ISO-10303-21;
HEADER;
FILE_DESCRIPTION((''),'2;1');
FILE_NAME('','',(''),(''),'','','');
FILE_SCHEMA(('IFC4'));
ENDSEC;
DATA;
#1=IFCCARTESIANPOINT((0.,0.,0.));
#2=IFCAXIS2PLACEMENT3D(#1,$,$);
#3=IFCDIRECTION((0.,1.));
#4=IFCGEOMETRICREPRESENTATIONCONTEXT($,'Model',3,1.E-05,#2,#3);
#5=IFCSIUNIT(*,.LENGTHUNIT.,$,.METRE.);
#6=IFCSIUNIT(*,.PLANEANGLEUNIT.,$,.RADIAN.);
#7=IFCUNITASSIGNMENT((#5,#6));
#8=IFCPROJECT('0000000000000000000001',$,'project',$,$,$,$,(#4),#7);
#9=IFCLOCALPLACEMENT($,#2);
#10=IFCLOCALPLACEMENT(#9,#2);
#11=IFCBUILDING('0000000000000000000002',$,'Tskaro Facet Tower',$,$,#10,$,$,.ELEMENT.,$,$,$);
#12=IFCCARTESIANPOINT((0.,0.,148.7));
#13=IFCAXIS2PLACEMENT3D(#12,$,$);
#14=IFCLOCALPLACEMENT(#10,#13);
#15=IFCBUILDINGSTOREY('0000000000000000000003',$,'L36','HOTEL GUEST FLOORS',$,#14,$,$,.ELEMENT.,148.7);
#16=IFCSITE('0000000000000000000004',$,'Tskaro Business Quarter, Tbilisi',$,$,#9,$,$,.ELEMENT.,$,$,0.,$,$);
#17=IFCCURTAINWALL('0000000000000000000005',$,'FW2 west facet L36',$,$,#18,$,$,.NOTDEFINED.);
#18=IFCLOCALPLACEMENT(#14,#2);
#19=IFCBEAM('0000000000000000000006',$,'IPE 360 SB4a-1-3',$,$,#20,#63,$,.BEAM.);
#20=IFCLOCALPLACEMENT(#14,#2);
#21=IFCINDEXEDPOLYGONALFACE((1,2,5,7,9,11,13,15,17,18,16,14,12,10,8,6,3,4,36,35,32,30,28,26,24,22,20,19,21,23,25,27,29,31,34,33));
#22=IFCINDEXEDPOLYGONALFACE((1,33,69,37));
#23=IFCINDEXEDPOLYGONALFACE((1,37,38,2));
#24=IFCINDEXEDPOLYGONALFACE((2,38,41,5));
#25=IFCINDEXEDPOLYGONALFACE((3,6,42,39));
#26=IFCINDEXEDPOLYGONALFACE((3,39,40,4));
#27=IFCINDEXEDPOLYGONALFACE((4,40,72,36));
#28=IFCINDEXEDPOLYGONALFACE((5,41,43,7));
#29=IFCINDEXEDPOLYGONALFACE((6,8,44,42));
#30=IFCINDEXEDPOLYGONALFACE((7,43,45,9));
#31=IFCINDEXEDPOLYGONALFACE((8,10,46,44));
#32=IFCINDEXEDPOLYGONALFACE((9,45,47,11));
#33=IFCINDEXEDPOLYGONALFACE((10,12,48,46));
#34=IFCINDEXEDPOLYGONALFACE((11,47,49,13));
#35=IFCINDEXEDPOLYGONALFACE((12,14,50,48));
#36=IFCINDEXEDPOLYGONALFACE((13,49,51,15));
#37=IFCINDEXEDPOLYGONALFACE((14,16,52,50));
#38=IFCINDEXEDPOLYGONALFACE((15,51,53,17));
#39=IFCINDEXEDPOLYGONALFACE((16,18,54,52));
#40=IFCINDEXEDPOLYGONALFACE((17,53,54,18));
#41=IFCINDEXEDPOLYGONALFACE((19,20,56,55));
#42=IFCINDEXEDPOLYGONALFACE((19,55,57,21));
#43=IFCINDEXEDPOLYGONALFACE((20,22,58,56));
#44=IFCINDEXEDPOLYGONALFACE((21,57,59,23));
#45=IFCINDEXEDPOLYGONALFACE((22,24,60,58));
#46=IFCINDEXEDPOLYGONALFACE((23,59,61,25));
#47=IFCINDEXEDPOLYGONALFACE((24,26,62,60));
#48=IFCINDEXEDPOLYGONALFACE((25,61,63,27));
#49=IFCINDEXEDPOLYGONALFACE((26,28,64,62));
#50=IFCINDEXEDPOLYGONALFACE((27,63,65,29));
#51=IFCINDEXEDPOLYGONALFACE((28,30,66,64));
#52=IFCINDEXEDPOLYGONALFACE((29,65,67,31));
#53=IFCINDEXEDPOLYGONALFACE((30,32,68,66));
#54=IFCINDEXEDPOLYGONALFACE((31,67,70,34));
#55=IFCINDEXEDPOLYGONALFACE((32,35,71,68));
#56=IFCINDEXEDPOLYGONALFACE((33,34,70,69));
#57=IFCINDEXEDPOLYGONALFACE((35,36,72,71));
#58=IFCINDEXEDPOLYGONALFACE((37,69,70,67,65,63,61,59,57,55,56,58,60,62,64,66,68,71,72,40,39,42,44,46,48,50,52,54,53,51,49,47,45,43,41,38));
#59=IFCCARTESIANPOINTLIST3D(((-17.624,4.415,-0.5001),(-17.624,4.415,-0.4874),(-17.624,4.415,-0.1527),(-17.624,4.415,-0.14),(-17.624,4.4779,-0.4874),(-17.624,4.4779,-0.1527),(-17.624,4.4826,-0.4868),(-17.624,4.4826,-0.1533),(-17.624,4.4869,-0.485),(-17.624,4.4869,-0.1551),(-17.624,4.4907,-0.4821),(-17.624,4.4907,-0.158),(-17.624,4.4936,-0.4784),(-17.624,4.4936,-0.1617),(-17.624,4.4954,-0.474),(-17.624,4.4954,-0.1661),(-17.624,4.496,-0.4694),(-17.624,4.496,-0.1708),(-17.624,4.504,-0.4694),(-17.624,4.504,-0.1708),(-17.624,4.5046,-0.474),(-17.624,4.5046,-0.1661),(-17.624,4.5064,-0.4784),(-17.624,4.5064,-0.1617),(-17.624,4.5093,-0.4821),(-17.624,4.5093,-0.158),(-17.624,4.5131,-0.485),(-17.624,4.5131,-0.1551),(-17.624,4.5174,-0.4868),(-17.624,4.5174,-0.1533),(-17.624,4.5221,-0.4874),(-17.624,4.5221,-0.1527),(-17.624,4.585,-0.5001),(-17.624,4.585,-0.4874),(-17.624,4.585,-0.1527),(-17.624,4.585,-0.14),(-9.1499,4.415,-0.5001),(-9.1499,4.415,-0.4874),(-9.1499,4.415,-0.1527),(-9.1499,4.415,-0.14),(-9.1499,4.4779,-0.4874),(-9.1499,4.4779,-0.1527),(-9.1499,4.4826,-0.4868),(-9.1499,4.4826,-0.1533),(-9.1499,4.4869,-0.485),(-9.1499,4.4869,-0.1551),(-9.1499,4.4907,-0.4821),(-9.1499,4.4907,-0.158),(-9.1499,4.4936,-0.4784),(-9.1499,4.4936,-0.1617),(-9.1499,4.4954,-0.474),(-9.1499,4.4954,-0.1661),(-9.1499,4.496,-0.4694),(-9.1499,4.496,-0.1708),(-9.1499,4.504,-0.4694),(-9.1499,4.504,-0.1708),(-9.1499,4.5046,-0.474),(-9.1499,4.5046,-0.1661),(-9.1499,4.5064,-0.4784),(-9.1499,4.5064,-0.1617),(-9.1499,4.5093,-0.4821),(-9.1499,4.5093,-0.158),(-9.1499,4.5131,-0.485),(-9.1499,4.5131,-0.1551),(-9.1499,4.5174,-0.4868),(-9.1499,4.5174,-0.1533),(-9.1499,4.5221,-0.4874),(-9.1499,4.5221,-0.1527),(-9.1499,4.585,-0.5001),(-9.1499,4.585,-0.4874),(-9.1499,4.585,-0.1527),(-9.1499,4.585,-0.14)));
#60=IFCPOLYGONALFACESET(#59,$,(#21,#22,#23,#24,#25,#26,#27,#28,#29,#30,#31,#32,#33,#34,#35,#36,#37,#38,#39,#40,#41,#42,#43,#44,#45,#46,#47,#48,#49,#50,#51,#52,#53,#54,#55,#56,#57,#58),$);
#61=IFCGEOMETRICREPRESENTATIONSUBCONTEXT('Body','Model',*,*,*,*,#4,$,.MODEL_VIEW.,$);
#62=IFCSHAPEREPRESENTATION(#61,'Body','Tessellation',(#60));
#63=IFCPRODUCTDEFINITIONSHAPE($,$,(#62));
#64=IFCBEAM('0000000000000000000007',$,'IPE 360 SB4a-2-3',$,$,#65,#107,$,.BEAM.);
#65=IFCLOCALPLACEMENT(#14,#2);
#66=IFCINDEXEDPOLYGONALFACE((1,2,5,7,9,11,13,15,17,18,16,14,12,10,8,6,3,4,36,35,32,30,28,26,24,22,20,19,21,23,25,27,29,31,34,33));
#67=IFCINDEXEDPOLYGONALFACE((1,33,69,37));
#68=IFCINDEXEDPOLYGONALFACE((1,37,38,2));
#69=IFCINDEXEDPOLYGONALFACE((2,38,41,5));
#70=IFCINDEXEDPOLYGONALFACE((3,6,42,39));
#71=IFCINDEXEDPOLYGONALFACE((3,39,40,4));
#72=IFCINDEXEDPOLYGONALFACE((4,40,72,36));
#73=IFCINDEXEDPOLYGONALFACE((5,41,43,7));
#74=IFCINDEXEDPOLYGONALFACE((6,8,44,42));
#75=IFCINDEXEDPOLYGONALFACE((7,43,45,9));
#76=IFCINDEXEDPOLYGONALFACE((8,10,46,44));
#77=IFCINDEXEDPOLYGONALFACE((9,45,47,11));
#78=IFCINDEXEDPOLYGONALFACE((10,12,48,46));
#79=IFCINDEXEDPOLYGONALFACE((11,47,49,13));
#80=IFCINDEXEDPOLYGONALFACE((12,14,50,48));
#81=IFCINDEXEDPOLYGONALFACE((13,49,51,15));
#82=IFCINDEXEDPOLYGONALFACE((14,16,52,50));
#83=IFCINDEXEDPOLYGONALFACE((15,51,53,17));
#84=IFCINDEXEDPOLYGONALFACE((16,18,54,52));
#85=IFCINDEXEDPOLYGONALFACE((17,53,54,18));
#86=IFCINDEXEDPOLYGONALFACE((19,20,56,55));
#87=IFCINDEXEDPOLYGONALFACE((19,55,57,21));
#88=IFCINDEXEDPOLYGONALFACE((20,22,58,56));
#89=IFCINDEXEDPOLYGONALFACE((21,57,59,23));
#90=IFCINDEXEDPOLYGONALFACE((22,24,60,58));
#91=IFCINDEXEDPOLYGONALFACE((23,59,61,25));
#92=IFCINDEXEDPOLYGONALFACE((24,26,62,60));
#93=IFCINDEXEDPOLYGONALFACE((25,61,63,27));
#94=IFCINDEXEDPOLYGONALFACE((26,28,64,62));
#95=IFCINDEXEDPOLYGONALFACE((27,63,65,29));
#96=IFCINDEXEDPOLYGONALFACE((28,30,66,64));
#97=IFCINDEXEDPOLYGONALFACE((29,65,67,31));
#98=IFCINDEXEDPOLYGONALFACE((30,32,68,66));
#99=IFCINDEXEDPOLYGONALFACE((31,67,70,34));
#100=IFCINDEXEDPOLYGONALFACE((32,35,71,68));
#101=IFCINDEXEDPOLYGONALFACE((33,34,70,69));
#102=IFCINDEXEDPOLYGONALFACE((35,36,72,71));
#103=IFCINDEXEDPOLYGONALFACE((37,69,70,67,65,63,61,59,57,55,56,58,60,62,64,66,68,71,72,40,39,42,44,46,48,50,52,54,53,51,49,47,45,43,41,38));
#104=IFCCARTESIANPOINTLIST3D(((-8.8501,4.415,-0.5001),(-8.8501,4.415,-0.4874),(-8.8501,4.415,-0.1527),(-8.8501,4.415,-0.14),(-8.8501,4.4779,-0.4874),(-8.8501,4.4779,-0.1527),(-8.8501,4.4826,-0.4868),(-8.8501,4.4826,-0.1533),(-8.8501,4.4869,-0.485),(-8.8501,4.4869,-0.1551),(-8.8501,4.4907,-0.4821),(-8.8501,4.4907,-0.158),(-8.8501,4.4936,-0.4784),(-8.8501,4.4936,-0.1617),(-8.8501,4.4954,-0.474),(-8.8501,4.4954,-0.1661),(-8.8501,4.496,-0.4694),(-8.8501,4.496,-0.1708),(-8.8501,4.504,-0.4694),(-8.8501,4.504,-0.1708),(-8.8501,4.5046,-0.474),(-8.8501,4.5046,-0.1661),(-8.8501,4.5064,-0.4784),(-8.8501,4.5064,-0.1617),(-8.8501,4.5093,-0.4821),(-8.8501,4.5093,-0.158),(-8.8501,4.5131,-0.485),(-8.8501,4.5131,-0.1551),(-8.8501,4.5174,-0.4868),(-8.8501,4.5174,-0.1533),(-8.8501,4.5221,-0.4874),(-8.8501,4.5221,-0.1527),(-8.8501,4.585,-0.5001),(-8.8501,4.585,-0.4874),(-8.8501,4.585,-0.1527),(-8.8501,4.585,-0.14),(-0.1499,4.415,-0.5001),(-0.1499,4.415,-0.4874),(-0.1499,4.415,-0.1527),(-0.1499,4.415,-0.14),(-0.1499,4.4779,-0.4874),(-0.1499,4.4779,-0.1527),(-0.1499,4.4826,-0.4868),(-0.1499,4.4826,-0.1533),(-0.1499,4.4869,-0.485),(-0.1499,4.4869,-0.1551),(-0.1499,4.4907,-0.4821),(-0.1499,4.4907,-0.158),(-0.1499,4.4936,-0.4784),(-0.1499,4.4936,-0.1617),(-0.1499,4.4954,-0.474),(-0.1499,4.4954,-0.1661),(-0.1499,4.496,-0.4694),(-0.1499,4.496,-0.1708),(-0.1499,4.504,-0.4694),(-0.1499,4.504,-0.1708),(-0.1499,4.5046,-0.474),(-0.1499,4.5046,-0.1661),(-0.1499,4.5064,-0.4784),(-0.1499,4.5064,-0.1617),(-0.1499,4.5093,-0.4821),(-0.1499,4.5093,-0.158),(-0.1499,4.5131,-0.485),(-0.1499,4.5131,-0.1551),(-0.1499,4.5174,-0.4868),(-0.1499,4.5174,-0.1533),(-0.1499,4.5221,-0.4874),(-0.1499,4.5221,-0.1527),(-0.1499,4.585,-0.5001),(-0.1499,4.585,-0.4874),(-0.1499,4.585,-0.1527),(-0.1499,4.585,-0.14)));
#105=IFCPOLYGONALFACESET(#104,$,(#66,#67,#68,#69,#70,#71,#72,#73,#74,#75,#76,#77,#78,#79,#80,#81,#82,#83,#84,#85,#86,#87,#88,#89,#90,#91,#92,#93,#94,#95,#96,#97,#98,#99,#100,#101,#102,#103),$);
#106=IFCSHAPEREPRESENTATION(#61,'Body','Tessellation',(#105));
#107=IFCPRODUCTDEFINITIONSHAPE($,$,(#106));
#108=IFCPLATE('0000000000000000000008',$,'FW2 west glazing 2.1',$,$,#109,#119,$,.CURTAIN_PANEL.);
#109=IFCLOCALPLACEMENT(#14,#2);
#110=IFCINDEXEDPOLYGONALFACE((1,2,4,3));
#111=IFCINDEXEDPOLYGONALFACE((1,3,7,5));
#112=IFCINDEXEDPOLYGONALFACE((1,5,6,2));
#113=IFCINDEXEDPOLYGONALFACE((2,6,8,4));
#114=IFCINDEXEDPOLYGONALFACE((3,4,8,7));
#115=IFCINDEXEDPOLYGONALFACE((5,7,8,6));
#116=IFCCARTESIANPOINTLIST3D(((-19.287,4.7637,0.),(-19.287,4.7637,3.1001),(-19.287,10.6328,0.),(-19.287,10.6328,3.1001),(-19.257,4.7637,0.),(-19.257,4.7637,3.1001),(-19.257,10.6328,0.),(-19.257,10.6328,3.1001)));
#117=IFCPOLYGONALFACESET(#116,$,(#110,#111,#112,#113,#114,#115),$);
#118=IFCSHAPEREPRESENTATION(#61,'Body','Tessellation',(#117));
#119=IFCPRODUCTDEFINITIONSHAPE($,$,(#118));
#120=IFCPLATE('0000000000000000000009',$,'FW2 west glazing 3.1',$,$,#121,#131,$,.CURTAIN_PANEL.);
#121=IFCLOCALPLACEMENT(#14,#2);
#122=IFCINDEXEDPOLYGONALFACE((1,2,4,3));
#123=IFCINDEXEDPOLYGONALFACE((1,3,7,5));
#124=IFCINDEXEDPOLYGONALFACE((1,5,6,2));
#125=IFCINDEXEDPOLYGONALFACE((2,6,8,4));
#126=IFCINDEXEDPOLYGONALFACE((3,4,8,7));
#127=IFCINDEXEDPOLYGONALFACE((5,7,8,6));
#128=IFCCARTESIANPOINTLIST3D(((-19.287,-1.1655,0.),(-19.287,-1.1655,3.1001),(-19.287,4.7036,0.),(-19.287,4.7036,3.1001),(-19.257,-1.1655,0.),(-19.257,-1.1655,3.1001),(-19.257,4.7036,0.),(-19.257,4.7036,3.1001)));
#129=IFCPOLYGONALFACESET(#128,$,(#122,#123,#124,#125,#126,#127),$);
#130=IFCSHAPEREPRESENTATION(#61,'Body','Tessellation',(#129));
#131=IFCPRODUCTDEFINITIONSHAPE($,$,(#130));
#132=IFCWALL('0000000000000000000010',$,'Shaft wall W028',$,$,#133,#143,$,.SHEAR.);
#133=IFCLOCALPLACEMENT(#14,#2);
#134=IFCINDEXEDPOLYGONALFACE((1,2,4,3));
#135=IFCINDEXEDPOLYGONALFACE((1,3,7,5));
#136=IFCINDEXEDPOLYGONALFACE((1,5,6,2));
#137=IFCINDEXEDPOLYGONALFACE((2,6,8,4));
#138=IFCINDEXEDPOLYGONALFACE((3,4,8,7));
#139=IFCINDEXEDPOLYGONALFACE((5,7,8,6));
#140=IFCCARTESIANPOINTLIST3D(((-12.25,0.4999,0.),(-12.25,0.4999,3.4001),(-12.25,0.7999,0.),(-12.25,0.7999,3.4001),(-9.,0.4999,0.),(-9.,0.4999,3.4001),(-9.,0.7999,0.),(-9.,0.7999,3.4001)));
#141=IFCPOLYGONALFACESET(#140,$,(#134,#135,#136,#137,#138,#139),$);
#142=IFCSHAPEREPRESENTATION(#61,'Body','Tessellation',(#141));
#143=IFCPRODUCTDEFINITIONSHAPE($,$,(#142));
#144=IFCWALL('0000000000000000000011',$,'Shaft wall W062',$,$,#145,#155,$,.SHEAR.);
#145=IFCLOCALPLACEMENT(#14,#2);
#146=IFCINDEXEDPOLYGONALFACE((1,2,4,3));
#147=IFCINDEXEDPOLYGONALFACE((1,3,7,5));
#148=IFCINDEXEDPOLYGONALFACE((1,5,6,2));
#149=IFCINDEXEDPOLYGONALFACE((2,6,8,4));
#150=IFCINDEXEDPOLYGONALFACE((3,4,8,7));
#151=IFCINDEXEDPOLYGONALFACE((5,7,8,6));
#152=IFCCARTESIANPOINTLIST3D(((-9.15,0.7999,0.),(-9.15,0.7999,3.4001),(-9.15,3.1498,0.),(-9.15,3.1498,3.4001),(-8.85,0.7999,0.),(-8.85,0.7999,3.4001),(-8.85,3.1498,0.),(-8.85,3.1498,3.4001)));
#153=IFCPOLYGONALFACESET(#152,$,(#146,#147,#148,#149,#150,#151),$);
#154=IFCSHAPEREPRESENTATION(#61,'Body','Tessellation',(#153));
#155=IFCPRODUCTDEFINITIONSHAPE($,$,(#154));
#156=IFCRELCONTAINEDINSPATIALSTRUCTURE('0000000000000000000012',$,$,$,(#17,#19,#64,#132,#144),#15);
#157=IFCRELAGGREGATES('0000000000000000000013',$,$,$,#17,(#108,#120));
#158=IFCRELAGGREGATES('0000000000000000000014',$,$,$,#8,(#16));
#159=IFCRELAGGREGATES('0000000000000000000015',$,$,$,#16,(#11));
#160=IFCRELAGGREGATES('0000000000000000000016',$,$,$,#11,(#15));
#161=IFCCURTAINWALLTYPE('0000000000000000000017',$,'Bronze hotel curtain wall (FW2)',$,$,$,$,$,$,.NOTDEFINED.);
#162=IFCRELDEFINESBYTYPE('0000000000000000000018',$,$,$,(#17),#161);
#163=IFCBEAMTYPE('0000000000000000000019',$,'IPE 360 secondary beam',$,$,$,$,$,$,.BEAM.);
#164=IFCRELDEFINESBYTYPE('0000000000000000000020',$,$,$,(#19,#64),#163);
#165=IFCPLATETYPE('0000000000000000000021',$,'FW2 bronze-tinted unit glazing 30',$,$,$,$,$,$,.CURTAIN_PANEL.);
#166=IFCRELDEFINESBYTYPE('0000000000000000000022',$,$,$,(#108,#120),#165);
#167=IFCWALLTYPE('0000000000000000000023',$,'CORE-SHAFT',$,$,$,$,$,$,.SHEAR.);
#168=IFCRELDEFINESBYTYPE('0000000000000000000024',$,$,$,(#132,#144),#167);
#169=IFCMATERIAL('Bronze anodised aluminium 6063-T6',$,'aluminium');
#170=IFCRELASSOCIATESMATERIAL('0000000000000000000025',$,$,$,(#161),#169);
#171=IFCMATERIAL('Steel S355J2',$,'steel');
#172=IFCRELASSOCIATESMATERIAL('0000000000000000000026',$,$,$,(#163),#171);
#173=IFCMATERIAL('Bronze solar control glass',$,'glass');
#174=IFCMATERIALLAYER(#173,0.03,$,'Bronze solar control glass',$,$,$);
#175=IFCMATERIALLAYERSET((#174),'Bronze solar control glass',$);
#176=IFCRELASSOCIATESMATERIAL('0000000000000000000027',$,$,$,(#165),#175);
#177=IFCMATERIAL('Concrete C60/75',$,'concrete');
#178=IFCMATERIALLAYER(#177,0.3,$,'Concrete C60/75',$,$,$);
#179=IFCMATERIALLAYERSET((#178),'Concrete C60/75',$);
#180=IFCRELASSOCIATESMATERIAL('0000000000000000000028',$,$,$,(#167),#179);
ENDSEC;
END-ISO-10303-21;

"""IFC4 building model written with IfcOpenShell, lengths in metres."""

from ifc_helpers import new_model, si_unit, direction, frame, frame_2d, origin, origin_2d, place, context, subcontext, project, spatial, rectangle, i_section, extrude, material, layer, layer_set, material_profile, profile_set, type_object, element, aggregate, save


model = new_model("IFC4")

# Units and contexts
model_context = context("Model", 3, precision=1e-05, world=origin(), true_north=direction((0.0, 1.0)))
body_context = subcontext(model_context, "Body", "Model", "MODEL_VIEW")
ifc_project = project(units=[si_unit("LENGTHUNIT", "METRE"), si_unit("PLANEANGLEUNIT", "RADIAN")], contexts=[model_context])

# Site, building, storey
site_placement = place(None, origin())
site = spatial("IfcSite", under=ifc_project, at=site_placement, Name="Tskaro Business Quarter, Tbilisi", CompositionType="ELEMENT", RefElevation=0.0)
building_placement = place(site_placement, origin())
building = spatial("IfcBuilding", under=site, at=building_placement, Name="Tskaro Facet Tower", CompositionType="ELEMENT")
storey_placement = place(building_placement, frame((0.0, 0.0, 148.7)))
storey = spatial("IfcBuildingStorey", under=building, at=storey_placement, Name="L36", Description="HOTEL GUEST FLOORS", CompositionType="ELEMENT", Elevation=148.7)

# Curtain wall
ifc_material_1 = material(Name="Bronze anodised aluminium 6063-T6", Category="aluminium")
curtain_wall_type = type_object("IfcCurtainWallType", Name="Bronze hotel curtain wall (FW2)", PredefinedType="NOTDEFINED", material=ifc_material_1)
curtain_wall_placement = place(storey_placement, origin())
curtain_wall = element("IfcCurtainWall", 1, at=curtain_wall_placement, inside=storey, type_object=curtain_wall_type, Name="FW2 west facet L36", PredefinedType="NOTDEFINED")

# Beams
ifc_material_2 = material(Name="Steel S355J2", Category="steel")
ifc_material_profile_1 = material_profile(ifc_material_2, i_section(OverallWidth=0.1699, OverallDepth=0.3601, WebThickness=0.0081, FlangeThickness=0.0127, FilletRadius=0.0181, at=origin_2d()), Name="IPE 360")
ifc_profile_set_1 = profile_set([ifc_material_profile_1], Name="Steel S355J2")
beam_type_1 = type_object("IfcBeamType", Name="IPE 360 secondary beam", PredefinedType="BEAM", material=ifc_profile_set_1)
beam_1_placement = place(storey_placement, frame((-17.624, 4.5, -0.3201), z_axis=(1.0, 0.0, 0.0), x_axis=(0.0, 1.0, 0.0)))
element("IfcBeam", 2, at=beam_1_placement, inside=storey, type_object=beam_type_1, Name="IPE 360 SB4a-1-3", PredefinedType="BEAM", context=body_context, shape_type="SweptSolid", body=[
    extrude(i_section(OverallWidth=0.1699, OverallDepth=0.3601, WebThickness=0.0081, FlangeThickness=0.0127, FilletRadius=0.0181, at=origin_2d()), origin(), (0.0, 0.0, 1.0), 8.4741),
])
beam_2_placement = place(storey_placement, frame((-8.8501, 4.5, -0.3201), z_axis=(1.0, 0.0, 0.0), x_axis=(0.0, 1.0, 0.0)))
element("IfcBeam", 3, at=beam_2_placement, inside=storey, type_object=beam_type_1, Name="IPE 360 SB4a-2-3", PredefinedType="BEAM", context=body_context, shape_type="SweptSolid", body=[
    extrude(i_section(OverallWidth=0.1699, OverallDepth=0.3601, WebThickness=0.0081, FlangeThickness=0.0127, FilletRadius=0.0181, at=origin_2d()), origin(), (0.0, 0.0, 1.0), 8.7002),
])

# Plates
ifc_material_3 = material(Name="Bronze solar control glass", Category="glass")
ifc_layer_1 = layer(ifc_material_3, 0.03, Name="Bronze solar control glass")
ifc_layer_set_1 = layer_set([ifc_layer_1], Name="Bronze solar control glass")
plate_type = type_object("IfcPlateType", Name="FW2 bronze-tinted unit glazing 30", PredefinedType="CURTAIN_PANEL", material=ifc_layer_set_1)
plate_1_placement = place(storey_placement, frame((-19.272, 7.6982, 0.0), z_axis=(0.0, 0.0, 1.0), x_axis=(0.0, -1.0, 0.0)))
plate_1 = element("IfcPlate", 4, at=plate_1_placement, type_object=plate_type, Name="FW2 west glazing 2.1", PredefinedType="CURTAIN_PANEL", context=body_context, shape_type="SweptSolid", body=[
    extrude(rectangle(XDim=5.8691, YDim=0.03, at=origin_2d()), origin(), (0.0, 0.0, 1.0), 3.1001),
])
plate_2_placement = place(storey_placement, frame((-19.272, 1.769, 0.0), z_axis=(0.0, 0.0, 1.0), x_axis=(0.0, -1.0, 0.0)))
plate_2 = element("IfcPlate", 5, at=plate_2_placement, type_object=plate_type, Name="FW2 west glazing 3.1", PredefinedType="CURTAIN_PANEL", context=body_context, shape_type="SweptSolid", body=[
    extrude(rectangle(XDim=5.8691, YDim=0.03, at=origin_2d()), origin(), (0.0, 0.0, 1.0), 3.1001),
])
aggregate(curtain_wall, [plate_1, plate_2])

# Walls
ifc_material_4 = material(Name="Concrete C60/75", Category="concrete")
ifc_layer_2 = layer(ifc_material_4, 0.3, Name="Concrete C60/75")
ifc_layer_set_2 = layer_set([ifc_layer_2], Name="Concrete C60/75")
wall_type_1 = type_object("IfcWallType", Name="CORE-SHAFT", PredefinedType="SHEAR", material=ifc_layer_set_2)
wall_1_placement = place(storey_placement, frame((-9.0, 0.6499, 0.0), z_axis=(0.0, 0.0, 1.0), x_axis=(-1.0, 0.0, 0.0)))
element("IfcWall", 6, at=wall_1_placement, inside=storey, type_object=wall_type_1, Name="Shaft wall W028", PredefinedType="SHEAR", context=body_context, shape_type="SweptSolid", body=[
    extrude(rectangle(XDim=3.25, YDim=0.3, at=frame_2d((1.625, 0.0))), origin(), (0.0, 0.0, 1.0), 3.4001),
])
wall_2_placement = place(storey_placement, frame((-9.0, 0.8, 0.0), z_axis=(0.0, 0.0, 1.0), x_axis=(0.0, 1.0, 0.0)))
element("IfcWall", 7, at=wall_2_placement, inside=storey, type_object=wall_type_1, Name="Shaft wall W062", PredefinedType="SHEAR", context=body_context, shape_type="SweptSolid", body=[
    extrude(rectangle(XDim=2.3499, YDim=0.3, at=frame_2d((1.1748, 0.0))), origin(), (0.0, 0.0, 1.0), 3.4001),
])

save(model, "model.ifc")
